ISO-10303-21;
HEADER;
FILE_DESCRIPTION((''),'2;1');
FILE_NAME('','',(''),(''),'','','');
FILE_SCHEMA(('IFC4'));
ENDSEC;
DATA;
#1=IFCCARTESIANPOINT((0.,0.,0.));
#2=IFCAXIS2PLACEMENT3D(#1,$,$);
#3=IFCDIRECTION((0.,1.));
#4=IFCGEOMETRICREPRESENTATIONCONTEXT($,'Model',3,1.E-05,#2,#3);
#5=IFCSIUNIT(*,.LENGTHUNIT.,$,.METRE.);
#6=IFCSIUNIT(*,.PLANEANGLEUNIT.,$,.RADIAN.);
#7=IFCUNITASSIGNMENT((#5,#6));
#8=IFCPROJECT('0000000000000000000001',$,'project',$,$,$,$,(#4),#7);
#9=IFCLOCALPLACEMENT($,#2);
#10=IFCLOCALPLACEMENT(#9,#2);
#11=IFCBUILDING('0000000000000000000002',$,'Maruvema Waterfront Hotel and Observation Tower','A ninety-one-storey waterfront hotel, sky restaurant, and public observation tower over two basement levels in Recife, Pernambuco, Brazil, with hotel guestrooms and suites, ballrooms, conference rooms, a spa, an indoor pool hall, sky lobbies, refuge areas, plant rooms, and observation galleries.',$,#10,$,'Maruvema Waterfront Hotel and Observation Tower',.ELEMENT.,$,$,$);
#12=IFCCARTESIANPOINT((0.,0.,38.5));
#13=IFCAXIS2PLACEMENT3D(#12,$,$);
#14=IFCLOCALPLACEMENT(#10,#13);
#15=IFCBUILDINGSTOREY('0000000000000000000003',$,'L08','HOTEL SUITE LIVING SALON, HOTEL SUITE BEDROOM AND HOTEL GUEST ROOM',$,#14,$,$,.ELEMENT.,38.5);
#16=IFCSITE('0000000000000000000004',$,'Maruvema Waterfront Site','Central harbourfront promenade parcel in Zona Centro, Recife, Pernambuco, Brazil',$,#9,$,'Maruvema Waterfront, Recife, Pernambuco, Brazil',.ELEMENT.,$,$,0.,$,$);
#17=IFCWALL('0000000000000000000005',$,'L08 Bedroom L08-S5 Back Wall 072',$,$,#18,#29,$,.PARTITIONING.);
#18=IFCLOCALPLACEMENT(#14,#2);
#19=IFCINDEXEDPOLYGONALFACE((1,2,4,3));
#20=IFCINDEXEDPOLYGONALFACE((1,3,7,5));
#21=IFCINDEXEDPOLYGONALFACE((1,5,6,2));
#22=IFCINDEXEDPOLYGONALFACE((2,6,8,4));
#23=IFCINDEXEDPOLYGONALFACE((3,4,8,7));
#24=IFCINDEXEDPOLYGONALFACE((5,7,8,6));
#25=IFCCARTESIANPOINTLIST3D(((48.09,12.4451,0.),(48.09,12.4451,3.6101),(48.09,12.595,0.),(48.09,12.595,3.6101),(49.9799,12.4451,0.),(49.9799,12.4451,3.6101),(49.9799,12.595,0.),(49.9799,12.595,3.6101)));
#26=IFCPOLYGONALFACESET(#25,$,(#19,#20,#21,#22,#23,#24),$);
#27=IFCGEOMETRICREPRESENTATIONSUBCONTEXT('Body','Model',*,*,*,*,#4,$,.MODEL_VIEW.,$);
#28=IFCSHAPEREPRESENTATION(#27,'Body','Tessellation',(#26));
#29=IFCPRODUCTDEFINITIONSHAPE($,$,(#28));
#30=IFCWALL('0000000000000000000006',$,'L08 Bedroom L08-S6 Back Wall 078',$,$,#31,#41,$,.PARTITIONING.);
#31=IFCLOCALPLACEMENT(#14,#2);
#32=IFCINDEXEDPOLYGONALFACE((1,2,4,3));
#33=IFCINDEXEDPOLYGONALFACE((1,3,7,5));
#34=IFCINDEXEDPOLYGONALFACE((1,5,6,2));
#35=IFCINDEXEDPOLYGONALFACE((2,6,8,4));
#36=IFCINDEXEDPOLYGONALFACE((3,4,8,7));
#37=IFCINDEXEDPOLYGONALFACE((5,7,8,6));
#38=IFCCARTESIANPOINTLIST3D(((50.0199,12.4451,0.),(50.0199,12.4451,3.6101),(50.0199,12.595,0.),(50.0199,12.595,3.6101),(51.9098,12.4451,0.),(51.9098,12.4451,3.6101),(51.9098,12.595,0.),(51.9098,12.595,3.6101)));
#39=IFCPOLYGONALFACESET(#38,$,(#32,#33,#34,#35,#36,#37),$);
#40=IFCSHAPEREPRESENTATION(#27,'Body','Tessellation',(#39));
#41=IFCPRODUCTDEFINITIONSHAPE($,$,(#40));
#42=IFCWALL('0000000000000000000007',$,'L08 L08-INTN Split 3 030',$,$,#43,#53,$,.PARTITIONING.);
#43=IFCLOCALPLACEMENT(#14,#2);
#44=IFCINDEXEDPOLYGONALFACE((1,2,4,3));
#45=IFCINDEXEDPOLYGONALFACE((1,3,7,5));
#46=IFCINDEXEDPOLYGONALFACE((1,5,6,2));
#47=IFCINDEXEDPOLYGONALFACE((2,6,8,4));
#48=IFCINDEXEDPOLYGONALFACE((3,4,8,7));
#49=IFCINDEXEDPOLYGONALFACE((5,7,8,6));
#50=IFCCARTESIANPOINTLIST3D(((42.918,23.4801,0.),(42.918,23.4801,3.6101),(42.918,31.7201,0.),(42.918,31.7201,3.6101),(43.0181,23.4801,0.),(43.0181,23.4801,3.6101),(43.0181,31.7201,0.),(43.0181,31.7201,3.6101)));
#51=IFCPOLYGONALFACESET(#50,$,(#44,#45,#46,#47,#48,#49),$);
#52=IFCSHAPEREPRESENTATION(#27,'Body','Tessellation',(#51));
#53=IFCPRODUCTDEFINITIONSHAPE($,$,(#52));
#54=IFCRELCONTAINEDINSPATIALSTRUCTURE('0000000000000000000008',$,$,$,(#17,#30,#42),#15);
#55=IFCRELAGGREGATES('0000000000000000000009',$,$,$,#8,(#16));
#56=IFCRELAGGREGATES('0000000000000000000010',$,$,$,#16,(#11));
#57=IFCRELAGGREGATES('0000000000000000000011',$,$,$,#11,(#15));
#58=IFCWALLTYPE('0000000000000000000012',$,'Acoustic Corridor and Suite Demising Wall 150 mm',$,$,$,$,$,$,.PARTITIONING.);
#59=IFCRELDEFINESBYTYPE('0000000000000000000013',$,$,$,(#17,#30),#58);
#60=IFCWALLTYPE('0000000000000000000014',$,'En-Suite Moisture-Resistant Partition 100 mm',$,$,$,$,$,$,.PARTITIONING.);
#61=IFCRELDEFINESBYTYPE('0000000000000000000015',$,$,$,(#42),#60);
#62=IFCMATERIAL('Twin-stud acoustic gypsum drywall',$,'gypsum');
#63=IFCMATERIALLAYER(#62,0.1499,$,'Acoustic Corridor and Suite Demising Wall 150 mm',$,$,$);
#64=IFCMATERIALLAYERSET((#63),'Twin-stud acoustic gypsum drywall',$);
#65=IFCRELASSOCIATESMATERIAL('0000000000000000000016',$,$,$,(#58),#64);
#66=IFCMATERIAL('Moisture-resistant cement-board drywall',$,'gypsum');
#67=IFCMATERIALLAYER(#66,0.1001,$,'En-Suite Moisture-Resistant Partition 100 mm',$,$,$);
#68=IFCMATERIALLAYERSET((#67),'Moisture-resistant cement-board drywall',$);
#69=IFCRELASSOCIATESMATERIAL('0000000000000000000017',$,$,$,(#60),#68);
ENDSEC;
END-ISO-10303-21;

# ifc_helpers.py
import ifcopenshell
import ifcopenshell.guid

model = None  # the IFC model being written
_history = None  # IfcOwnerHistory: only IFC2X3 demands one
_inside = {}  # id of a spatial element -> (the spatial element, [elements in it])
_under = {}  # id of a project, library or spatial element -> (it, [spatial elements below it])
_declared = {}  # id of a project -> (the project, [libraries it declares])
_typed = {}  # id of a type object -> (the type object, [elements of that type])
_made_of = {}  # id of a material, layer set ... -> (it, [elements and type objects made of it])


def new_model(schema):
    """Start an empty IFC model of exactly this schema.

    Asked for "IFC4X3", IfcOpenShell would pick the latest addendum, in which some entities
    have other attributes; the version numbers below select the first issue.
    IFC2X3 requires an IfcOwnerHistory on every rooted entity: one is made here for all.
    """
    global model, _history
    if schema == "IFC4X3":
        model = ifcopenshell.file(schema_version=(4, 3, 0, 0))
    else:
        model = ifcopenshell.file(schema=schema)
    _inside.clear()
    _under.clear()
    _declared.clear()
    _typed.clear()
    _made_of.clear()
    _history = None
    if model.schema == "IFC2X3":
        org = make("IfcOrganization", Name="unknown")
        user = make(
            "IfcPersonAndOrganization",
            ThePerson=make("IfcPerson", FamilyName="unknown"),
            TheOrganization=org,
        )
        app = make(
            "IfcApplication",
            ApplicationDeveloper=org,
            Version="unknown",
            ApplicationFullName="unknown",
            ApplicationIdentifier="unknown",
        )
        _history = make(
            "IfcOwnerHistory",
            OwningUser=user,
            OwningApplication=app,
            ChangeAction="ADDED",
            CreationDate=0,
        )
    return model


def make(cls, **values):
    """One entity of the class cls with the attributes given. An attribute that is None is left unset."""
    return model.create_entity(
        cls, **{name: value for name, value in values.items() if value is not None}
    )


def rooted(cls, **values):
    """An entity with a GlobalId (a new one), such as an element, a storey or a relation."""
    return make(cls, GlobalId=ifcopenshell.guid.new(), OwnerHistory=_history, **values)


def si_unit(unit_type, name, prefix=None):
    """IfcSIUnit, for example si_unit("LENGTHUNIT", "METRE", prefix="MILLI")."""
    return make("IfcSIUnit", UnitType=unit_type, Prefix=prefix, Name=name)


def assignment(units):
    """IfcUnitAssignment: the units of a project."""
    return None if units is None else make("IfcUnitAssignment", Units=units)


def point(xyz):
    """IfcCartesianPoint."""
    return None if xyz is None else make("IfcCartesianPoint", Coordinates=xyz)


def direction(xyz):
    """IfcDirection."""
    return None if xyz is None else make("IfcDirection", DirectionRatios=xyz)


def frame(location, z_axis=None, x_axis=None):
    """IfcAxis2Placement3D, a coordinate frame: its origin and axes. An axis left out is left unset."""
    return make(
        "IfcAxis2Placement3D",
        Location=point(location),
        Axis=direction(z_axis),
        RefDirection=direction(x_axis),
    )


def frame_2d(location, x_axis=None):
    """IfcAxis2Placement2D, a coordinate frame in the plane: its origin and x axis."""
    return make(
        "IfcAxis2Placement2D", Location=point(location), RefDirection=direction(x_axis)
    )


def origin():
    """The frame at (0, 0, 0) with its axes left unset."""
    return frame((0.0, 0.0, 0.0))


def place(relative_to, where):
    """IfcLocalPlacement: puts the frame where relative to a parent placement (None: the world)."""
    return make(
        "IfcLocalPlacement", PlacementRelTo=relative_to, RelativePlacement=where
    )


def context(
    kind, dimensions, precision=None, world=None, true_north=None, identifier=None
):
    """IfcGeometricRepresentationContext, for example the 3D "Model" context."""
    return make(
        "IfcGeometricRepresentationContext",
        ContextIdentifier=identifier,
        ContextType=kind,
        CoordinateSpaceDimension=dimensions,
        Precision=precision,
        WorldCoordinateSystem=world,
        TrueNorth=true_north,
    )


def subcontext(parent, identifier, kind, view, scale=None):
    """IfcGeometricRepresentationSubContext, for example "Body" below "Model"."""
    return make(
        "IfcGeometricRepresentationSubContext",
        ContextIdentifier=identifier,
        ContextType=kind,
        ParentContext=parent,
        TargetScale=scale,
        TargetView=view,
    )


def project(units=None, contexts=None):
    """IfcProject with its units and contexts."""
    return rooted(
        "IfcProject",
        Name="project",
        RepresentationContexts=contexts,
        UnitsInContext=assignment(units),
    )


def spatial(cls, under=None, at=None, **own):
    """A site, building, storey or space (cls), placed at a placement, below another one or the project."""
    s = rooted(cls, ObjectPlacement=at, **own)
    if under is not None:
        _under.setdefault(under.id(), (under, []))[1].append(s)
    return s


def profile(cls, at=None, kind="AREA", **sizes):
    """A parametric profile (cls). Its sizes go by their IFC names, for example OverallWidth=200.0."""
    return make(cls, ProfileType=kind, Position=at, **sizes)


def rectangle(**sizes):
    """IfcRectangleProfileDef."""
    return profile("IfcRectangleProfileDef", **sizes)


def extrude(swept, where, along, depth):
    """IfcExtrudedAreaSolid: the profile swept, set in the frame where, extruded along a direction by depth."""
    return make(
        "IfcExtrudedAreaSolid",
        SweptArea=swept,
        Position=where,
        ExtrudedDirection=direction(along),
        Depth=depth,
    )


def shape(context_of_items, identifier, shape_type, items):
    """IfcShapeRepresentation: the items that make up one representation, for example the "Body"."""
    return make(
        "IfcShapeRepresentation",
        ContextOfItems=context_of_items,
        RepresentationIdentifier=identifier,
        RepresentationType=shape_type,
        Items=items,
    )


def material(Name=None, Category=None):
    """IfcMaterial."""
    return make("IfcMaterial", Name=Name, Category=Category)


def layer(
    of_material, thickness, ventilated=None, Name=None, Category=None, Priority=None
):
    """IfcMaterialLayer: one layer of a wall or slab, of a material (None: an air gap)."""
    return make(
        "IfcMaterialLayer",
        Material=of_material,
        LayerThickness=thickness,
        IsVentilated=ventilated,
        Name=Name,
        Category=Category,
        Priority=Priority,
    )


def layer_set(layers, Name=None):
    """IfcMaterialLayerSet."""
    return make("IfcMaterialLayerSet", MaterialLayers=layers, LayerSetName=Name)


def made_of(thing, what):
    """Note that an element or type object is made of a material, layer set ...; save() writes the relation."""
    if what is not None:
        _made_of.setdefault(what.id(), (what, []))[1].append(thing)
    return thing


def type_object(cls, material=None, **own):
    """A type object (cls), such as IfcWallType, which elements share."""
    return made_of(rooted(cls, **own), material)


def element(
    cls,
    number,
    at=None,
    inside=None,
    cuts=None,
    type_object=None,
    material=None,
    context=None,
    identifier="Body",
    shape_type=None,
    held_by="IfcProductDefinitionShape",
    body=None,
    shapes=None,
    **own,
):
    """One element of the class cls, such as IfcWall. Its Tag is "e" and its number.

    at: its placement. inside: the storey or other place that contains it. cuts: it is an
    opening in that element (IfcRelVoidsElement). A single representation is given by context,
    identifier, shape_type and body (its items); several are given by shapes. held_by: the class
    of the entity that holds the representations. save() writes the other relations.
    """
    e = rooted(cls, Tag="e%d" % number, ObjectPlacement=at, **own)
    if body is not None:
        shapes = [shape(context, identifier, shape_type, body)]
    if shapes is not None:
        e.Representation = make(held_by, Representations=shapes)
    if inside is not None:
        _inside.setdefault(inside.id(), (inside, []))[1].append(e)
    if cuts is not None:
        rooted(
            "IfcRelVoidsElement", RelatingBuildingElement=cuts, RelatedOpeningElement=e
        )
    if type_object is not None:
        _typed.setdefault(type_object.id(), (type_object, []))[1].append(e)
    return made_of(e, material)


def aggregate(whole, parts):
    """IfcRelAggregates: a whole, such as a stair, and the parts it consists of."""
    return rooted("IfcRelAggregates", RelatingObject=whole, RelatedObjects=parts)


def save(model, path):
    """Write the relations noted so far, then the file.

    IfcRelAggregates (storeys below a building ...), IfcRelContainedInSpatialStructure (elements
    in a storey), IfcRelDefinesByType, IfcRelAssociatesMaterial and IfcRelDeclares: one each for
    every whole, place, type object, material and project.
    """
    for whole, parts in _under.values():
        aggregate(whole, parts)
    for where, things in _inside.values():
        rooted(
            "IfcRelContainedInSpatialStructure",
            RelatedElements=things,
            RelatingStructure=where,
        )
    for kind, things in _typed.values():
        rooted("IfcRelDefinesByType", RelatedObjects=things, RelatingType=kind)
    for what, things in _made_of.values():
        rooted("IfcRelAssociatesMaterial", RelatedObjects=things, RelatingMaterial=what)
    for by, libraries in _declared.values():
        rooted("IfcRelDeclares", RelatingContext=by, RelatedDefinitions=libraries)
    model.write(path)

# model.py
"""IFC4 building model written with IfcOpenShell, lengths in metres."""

from ifc_helpers import new_model, si_unit, direction, frame, frame_2d, origin, place, context, subcontext, project, spatial, rectangle, extrude, material, layer, layer_set, type_object, element, save


model = new_model("IFC4")

# Units and contexts
model_context = context("Model", 3, precision=1e-05, world=origin(), true_north=direction((0.0, 1.0)))
body_context = subcontext(model_context, "Body", "Model", "MODEL_VIEW")
ifc_project = project(units=[si_unit("LENGTHUNIT", "METRE"), si_unit("PLANEANGLEUNIT", "RADIAN")], contexts=[model_context])

# Site, building, storey
site_placement = place(None, origin())
site = spatial("IfcSite", under=ifc_project, at=site_placement, Name="Maruvema Waterfront Site", Description="Central harbourfront promenade parcel in Zona Centro, Recife, Pernambuco, Brazil", LongName="Maruvema Waterfront, Recife, Pernambuco, Brazil", CompositionType="ELEMENT", RefElevation=0.0)
building_placement = place(site_placement, origin())
building = spatial("IfcBuilding", under=site, at=building_placement, Name="Maruvema Waterfront Hotel and Observation Tower", Description="A ninety-one-storey waterfront hotel, sky restaurant, and public observation tower over two basement levels in Recife, Pernambuco, Brazil, with hotel guestrooms and suites, ballrooms, conference rooms, a spa, an indoor pool hall, sky lobbies, refuge areas, plant rooms, and observation galleries.", LongName="Maruvema Waterfront Hotel and Observation Tower", CompositionType="ELEMENT")
storey_placement = place(building_placement, frame((0.0, 0.0, 38.5)))
storey = spatial("IfcBuildingStorey", under=building, at=storey_placement, Name="L08", Description="HOTEL SUITE LIVING SALON, HOTEL SUITE BEDROOM AND HOTEL GUEST ROOM", CompositionType="ELEMENT", Elevation=38.5)

# Shared definitions
ifc_material_1 = material(Name="Twin-stud acoustic gypsum drywall", Category="gypsum")
ifc_layer_1 = layer(ifc_material_1, 0.1499, Name="Acoustic Corridor and Suite Demising Wall 150 mm")
ifc_layer_set_1 = layer_set([ifc_layer_1], Name="Twin-stud acoustic gypsum drywall")
wall_type_1 = type_object("IfcWallType", Name="Acoustic Corridor and Suite Demising Wall 150 mm", PredefinedType="PARTITIONING", material=ifc_layer_set_1)

# Walls
for number, where, z_axis, x_axis, name in (
    (1, (48.0901, 12.52, 0.0), (0.0, 0.0, 1.0), (1.0, 0.0, 0.0), "L08 Bedroom L08-S5 Back Wall 072"),
    (2, (50.02, 12.52, 0.0), (0.0, 0.0, 1.0), (1.0, 0.0, 0.0), "L08 Bedroom L08-S6 Back Wall 078"),
):
    element("IfcWall", number, at=place(storey_placement, frame(where, z_axis=z_axis, x_axis=x_axis)), inside=storey, type_object=wall_type_1, Name=name, PredefinedType="PARTITIONING", context=body_context, shape_type="SweptSolid", body=[
        extrude(rectangle(XDim=1.8899, YDim=0.1499, at=frame_2d((0.9448, 0.0))), origin(), (0.0, 0.0, 1.0), 3.6101),
    ])

# Wall
ifc_material_2 = material(Name="Moisture-resistant cement-board drywall", Category="gypsum")
ifc_layer_2 = layer(ifc_material_2, 0.1001, Name="En-Suite Moisture-Resistant Partition 100 mm")
ifc_layer_set_2 = layer_set([ifc_layer_2], Name="Moisture-resistant cement-board drywall")
wall_type_2 = type_object("IfcWallType", Name="En-Suite Moisture-Resistant Partition 100 mm", PredefinedType="PARTITIONING", material=ifc_layer_set_2)
wall_1_placement = place(storey_placement, frame((42.968, 23.48, 0.0), z_axis=(0.0, 0.0, 1.0), x_axis=(0.0, 1.0, 0.0)))
element("IfcWall", 3, at=wall_1_placement, inside=storey, type_object=wall_type_2, Name="L08 L08-INTN Split 3 030", PredefinedType="PARTITIONING", context=body_context, shape_type="SweptSolid", body=[
    extrude(rectangle(XDim=8.24, YDim=0.1001, at=frame_2d((4.1201, 0.0))), origin(), (0.0, 0.0, 1.0), 3.6101),
])

save(model, "model.ifc")
